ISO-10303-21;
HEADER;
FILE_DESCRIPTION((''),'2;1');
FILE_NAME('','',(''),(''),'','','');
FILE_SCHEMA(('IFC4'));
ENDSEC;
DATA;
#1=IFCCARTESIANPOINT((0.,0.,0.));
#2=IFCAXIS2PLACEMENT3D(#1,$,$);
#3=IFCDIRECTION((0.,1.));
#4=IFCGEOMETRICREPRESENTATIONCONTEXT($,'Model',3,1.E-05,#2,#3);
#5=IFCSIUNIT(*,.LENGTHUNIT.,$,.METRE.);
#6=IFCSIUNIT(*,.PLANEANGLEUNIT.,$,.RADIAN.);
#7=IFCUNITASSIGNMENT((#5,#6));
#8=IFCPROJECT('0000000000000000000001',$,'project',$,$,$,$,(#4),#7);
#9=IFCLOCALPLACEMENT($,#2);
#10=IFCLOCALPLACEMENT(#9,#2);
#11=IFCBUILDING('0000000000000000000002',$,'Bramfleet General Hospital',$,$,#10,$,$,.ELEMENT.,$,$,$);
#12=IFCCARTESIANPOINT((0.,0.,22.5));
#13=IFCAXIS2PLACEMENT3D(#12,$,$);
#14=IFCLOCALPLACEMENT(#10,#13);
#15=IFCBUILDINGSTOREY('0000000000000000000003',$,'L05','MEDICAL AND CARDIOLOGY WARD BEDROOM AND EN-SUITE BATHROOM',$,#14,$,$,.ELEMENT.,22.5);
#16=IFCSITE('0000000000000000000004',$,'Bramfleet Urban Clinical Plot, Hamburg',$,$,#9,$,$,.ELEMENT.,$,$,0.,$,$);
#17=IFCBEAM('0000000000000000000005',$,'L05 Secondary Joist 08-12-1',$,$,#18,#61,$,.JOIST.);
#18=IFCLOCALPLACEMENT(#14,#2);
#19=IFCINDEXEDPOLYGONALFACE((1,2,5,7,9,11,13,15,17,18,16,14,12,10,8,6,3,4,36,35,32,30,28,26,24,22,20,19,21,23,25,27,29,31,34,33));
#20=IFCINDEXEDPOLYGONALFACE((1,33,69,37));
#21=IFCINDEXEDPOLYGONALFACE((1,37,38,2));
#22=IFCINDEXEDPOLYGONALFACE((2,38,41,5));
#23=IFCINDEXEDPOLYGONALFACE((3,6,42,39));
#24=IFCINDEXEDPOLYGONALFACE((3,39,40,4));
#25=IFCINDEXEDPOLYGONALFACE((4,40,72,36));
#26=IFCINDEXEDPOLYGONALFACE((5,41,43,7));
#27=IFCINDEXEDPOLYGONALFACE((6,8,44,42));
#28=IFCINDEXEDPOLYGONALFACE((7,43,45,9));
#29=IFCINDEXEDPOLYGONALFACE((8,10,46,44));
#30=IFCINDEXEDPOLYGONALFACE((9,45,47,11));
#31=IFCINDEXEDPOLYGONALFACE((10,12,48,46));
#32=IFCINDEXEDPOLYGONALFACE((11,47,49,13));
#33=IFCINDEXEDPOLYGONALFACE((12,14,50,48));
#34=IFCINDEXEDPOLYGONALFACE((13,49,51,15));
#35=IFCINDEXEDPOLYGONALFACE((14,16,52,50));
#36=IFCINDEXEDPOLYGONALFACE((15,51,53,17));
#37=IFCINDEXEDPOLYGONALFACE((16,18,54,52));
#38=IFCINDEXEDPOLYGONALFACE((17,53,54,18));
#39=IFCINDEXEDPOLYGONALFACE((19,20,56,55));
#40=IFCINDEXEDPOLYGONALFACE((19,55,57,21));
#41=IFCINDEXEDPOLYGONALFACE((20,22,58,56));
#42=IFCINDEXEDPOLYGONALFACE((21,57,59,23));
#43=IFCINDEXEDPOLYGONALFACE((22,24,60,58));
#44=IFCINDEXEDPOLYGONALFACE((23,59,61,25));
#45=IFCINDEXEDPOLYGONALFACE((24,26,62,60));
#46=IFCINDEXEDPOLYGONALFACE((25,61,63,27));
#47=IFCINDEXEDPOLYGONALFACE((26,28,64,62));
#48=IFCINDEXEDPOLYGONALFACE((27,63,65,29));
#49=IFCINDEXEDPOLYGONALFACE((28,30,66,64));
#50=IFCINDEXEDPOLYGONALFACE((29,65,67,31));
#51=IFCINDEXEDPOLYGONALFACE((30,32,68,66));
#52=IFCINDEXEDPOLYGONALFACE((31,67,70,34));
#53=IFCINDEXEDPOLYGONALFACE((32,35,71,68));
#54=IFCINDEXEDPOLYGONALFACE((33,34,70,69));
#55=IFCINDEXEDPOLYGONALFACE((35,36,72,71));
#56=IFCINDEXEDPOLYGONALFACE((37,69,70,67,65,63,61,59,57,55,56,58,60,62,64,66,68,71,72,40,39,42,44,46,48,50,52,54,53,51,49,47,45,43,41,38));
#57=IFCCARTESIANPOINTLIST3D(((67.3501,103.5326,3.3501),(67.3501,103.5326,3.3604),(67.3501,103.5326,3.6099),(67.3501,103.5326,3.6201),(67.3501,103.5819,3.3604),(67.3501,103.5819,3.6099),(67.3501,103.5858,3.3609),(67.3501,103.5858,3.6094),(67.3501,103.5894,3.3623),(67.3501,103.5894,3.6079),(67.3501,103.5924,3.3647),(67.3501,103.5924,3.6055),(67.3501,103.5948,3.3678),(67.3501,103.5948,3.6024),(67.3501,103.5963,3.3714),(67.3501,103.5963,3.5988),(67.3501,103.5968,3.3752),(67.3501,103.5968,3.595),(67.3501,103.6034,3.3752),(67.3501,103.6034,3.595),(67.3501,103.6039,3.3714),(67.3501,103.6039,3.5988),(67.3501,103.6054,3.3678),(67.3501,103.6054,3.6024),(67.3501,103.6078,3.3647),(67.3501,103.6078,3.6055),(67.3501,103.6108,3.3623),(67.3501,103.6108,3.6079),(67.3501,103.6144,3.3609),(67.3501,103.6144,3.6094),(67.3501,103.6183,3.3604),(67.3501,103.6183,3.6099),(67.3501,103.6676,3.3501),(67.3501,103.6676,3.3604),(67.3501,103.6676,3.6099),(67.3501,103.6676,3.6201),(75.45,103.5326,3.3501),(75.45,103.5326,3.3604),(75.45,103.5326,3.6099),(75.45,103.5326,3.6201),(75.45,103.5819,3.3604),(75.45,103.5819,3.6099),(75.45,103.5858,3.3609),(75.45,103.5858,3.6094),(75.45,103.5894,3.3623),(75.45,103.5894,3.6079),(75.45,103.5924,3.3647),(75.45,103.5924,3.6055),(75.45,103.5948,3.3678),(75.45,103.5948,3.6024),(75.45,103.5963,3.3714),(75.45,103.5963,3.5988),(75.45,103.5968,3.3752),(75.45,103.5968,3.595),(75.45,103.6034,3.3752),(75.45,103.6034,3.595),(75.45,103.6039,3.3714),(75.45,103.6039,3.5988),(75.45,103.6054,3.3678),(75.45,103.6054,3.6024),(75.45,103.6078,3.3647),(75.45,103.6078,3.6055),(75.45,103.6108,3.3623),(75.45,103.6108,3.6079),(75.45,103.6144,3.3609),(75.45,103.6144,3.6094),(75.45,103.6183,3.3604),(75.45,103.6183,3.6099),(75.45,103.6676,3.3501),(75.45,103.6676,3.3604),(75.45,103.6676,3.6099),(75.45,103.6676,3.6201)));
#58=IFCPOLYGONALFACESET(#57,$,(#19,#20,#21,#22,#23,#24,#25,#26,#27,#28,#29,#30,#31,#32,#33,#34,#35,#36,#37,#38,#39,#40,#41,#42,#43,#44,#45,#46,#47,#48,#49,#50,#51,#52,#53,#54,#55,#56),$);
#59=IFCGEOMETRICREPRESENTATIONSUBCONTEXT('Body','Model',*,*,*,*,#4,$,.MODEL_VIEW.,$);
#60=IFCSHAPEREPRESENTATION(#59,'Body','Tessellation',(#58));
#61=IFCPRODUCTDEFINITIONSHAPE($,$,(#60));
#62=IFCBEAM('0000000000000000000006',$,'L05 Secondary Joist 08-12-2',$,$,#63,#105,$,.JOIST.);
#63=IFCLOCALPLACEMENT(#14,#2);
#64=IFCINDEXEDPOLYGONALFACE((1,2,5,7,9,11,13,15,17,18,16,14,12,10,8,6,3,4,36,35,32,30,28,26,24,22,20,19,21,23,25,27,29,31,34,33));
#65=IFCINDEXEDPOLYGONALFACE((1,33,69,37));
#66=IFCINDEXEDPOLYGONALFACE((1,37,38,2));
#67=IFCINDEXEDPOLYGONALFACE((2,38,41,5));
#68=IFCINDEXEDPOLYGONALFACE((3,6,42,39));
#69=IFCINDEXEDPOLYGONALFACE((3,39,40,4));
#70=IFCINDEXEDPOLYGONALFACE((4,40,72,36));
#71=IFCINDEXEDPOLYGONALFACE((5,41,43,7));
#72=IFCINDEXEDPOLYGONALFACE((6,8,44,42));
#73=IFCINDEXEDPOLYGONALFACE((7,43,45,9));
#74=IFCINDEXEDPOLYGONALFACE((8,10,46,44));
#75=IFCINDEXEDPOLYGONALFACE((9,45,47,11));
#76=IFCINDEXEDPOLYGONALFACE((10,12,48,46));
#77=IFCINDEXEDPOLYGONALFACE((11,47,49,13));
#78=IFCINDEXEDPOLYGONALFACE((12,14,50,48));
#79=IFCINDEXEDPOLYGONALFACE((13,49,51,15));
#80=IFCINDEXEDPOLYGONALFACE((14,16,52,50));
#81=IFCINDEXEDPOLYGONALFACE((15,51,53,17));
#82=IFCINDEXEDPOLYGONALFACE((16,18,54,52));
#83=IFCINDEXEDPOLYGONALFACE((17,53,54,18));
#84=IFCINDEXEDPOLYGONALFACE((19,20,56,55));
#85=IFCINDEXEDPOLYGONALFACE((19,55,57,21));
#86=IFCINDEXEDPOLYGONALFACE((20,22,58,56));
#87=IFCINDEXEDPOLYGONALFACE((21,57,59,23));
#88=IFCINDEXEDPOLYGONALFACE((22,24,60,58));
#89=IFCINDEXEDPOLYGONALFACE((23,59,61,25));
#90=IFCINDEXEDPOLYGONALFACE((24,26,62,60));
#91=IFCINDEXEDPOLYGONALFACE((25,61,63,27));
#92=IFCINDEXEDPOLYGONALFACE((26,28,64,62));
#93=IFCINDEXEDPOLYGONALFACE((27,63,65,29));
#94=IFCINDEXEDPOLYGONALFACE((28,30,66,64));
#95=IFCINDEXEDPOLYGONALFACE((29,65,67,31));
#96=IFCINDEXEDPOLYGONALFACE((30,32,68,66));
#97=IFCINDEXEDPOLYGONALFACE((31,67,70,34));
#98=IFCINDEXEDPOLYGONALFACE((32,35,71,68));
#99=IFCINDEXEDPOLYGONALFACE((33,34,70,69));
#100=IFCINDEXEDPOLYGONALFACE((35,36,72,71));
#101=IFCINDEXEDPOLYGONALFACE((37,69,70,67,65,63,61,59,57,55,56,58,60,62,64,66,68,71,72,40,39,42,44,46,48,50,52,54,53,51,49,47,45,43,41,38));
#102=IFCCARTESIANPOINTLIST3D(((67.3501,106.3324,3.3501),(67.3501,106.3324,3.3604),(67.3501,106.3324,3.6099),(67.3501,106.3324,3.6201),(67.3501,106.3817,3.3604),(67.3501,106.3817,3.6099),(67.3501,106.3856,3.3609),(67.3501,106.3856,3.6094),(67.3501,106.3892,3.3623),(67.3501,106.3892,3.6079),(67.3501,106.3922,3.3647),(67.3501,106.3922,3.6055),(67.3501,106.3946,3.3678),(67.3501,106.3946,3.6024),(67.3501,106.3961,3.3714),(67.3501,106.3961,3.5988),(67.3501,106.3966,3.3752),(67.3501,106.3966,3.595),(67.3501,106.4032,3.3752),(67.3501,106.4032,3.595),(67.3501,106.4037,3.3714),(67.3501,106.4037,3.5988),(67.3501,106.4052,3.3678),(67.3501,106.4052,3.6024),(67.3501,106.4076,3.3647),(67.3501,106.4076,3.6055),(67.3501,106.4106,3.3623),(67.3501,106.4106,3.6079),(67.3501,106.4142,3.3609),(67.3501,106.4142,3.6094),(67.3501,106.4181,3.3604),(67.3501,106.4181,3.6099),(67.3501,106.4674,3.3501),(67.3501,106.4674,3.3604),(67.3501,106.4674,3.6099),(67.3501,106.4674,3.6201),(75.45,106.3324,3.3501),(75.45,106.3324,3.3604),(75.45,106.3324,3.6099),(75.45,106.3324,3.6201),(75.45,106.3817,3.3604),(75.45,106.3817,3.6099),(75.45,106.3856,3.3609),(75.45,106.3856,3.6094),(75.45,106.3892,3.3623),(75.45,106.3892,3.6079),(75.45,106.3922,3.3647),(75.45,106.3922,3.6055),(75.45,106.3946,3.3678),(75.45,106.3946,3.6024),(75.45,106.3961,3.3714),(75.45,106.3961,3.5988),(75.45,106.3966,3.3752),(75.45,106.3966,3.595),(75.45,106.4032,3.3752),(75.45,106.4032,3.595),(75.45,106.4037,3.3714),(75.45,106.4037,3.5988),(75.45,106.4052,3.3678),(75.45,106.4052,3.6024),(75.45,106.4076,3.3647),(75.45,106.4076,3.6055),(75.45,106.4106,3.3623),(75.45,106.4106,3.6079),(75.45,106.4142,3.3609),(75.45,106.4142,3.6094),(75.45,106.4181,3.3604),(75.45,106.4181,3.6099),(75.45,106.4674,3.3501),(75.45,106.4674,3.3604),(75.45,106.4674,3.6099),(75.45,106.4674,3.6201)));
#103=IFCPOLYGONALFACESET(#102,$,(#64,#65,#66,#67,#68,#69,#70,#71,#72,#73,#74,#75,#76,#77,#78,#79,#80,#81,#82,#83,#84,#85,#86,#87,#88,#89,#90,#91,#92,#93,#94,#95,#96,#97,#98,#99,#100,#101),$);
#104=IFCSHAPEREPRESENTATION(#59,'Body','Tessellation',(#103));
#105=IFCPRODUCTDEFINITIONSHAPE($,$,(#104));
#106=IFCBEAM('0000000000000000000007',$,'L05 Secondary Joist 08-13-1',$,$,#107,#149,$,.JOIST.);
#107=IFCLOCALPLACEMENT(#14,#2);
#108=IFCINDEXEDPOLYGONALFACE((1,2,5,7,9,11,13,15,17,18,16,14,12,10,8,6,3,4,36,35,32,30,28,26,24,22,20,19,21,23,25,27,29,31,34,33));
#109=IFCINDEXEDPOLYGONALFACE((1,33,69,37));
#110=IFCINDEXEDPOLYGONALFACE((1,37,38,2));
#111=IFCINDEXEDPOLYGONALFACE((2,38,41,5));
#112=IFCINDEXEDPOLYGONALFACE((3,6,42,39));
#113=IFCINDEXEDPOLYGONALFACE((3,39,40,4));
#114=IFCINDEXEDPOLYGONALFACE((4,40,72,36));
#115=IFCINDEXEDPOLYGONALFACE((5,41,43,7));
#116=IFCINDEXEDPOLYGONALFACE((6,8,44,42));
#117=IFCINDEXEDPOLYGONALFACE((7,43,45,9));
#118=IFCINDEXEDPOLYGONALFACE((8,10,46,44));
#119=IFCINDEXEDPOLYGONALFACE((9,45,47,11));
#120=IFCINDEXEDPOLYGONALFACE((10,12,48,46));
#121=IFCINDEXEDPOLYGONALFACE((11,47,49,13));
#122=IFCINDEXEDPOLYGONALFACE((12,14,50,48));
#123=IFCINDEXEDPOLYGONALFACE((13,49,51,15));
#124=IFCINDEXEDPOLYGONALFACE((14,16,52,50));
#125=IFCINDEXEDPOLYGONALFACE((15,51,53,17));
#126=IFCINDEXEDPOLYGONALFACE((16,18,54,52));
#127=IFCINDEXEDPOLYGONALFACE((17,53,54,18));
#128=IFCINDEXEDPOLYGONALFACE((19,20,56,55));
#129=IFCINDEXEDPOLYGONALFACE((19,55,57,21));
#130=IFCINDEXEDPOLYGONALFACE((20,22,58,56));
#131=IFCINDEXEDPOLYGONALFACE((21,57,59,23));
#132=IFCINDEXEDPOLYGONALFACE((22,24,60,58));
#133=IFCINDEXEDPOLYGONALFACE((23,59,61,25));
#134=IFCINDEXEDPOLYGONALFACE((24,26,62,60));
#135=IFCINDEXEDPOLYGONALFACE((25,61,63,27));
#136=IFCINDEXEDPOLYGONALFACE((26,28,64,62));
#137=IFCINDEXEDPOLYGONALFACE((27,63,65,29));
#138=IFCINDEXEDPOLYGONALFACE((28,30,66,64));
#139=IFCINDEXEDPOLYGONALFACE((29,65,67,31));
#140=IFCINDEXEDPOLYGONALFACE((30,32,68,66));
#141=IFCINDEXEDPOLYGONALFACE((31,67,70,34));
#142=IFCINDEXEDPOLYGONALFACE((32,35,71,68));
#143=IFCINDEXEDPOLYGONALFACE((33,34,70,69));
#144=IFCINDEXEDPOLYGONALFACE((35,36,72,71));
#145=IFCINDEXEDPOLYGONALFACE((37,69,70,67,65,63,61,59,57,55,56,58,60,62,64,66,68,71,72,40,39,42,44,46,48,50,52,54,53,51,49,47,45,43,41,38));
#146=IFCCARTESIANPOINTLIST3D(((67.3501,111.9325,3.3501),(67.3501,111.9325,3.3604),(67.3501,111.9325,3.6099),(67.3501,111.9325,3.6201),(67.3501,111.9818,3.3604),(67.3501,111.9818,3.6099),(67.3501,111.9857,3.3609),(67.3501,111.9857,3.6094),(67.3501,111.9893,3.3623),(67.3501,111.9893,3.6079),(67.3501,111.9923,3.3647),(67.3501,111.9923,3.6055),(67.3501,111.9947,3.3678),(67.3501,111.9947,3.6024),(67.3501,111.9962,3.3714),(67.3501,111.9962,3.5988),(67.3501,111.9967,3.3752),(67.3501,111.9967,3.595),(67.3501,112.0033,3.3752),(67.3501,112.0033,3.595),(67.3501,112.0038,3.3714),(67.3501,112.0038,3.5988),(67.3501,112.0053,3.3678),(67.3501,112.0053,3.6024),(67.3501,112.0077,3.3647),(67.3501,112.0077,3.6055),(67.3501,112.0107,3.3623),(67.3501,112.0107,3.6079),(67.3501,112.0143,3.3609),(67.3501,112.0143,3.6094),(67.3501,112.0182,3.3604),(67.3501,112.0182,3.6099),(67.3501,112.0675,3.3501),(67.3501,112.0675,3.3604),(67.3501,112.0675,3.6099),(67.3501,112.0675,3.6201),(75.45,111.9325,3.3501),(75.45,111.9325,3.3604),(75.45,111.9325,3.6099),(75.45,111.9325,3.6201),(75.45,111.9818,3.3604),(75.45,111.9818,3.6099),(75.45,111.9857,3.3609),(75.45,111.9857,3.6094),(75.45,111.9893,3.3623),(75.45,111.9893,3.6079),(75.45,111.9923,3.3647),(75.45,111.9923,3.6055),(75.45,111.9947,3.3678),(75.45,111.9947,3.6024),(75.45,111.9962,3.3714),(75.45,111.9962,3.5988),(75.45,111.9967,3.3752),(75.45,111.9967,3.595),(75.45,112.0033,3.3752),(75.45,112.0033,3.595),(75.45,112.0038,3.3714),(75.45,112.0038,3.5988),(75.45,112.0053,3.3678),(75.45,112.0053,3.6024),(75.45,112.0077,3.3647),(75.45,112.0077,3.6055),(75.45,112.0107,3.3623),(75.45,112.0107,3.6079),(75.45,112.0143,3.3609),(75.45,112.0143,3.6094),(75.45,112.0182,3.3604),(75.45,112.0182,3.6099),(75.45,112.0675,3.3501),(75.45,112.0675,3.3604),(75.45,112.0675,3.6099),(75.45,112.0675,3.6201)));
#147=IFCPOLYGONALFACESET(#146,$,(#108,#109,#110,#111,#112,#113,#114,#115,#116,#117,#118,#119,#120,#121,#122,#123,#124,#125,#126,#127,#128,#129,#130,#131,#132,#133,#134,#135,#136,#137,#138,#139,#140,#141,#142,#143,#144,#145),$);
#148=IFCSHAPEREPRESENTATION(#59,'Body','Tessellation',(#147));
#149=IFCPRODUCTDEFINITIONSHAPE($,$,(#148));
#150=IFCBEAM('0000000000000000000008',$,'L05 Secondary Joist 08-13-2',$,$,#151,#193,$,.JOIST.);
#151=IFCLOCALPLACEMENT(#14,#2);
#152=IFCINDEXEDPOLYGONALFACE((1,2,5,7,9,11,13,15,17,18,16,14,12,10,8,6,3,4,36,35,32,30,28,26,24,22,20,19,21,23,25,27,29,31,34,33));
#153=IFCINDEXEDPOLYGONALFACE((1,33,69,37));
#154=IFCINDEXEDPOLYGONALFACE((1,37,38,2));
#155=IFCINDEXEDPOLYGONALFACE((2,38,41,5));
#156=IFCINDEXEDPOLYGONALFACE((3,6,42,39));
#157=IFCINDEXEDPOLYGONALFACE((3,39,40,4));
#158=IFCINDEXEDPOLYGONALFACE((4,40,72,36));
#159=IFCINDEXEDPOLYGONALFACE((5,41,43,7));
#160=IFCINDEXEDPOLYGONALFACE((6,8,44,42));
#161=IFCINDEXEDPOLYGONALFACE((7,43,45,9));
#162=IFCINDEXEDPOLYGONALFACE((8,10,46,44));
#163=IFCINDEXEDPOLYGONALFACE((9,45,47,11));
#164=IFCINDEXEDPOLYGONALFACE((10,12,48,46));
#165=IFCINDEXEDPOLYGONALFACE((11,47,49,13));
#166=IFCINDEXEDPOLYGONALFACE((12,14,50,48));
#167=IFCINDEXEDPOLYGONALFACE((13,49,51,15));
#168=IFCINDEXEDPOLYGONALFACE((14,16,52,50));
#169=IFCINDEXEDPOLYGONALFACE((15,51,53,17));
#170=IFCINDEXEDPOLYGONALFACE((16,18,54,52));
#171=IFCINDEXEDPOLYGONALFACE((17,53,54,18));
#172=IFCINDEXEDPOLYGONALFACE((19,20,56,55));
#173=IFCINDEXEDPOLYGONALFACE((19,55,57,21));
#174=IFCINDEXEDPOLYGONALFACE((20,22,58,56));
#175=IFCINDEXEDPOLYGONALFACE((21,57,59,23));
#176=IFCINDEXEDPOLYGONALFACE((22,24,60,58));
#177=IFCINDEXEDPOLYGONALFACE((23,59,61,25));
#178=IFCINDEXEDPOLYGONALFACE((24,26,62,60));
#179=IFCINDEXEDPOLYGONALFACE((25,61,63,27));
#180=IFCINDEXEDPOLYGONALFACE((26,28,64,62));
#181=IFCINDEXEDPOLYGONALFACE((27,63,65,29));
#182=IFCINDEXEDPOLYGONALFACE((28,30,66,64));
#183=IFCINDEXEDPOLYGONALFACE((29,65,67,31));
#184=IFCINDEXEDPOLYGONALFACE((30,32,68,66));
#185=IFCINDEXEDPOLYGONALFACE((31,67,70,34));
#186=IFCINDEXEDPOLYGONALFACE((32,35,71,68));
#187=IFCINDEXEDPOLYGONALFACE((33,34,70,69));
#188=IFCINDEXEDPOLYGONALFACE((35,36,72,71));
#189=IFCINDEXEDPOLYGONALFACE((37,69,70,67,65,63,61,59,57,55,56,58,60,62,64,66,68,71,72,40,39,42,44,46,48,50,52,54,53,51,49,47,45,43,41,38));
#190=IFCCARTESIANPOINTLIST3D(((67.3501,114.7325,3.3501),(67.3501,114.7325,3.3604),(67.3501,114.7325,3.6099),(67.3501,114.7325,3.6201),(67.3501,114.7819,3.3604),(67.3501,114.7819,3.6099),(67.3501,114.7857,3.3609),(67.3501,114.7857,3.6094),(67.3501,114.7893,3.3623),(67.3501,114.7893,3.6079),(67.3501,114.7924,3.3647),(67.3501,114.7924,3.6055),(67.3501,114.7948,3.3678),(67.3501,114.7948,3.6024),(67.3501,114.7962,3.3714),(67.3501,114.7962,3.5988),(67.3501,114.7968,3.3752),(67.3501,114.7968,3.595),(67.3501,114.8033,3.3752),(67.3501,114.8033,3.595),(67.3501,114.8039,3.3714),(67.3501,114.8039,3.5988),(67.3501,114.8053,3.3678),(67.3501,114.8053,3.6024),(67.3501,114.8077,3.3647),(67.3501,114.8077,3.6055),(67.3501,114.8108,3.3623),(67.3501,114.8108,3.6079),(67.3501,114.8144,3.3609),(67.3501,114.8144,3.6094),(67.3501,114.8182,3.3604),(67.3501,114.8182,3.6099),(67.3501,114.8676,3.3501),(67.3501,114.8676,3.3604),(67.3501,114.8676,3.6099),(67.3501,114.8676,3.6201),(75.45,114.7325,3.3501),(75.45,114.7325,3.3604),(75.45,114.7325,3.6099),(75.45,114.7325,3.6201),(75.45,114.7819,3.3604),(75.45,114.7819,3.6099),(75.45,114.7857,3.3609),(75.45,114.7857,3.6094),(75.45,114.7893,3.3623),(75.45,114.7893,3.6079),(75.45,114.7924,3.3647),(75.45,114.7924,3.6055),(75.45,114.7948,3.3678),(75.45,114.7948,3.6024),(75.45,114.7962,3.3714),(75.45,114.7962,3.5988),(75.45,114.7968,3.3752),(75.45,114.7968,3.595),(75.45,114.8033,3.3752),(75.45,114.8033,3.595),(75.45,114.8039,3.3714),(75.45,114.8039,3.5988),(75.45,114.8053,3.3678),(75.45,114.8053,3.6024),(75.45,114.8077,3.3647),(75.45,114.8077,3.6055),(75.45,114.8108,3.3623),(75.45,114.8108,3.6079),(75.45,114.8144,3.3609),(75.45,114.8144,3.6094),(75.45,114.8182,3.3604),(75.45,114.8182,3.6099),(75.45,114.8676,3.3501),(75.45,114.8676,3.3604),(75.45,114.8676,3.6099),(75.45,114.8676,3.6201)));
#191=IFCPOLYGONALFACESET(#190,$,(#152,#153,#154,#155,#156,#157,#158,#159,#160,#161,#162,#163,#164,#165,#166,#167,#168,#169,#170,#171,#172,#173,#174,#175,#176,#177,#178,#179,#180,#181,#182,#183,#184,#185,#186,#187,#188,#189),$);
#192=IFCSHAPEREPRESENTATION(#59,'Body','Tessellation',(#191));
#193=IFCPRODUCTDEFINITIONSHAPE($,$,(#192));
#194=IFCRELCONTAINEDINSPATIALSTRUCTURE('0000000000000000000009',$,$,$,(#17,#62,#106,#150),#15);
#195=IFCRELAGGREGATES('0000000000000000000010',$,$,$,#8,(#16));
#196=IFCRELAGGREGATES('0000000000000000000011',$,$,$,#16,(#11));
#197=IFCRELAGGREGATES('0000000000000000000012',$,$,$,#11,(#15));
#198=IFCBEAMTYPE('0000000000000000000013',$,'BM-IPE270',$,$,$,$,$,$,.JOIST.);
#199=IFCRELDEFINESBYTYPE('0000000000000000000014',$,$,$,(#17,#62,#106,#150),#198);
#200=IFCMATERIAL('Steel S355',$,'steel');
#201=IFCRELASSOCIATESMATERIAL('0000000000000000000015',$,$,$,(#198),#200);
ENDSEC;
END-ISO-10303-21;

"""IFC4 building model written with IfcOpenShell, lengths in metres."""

from ifc_helpers import new_model, si_unit, direction, frame, origin, origin_2d, place, context, subcontext, project, spatial, i_section, extrude, material, material_profile, profile_set, type_object, element, save


model = new_model("IFC4")

# Units and contexts
model_context = context("Model", 3, precision=1e-05, world=origin(), true_north=direction((0.0, 1.0)))
body_context = subcontext(model_context, "Body", "Model", "MODEL_VIEW")
ifc_project = project(units=[si_unit("LENGTHUNIT", "METRE"), si_unit("PLANEANGLEUNIT", "RADIAN")], contexts=[model_context])

# Site, building, storey
site_placement = place(None, origin())
site = spatial("IfcSite", under=ifc_project, at=site_placement, Name="Bramfleet Urban Clinical Plot, Hamburg", CompositionType="ELEMENT", RefElevation=0.0)
building_placement = place(site_placement, origin())
building = spatial("IfcBuilding", under=site, at=building_placement, Name="Bramfleet General Hospital", CompositionType="ELEMENT")
storey_placement = place(building_placement, frame((0.0, 0.0, 22.5)))
storey = spatial("IfcBuildingStorey", under=building, at=storey_placement, Name="L05", Description="MEDICAL AND CARDIOLOGY WARD BEDROOM AND EN-SUITE BATHROOM", CompositionType="ELEMENT", Elevation=22.5)

# Beams
ifc_material_1 = material(Name="Steel S355", Category="steel")
ifc_material_profile_1 = material_profile(ifc_material_1, i_section(OverallWidth=0.135, OverallDepth=0.27, WebThickness=0.0066, FlangeThickness=0.0103, FilletRadius=0.0149, at=origin_2d()), Name="IPE 270")
ifc_profile_set_1 = profile_set([ifc_material_profile_1], Name="Steel S355")
beam_type_1 = type_object("IfcBeamType", Name="BM-IPE270", PredefinedType="JOIST", material=ifc_profile_set_1)
for number, where, z_axis, x_axis, name in (
    (1, (67.3501, 103.6001, 3.4851), (1.0, 0.0, 0.0), (0.0, 1.0, 0.0), "L05 Secondary Joist 08-12-1"),
    (2, (67.3501, 106.3999, 3.4851), (1.0, 0.0, 0.0), (0.0, 1.0, 0.0), "L05 Secondary Joist 08-12-2"),
    (3, (67.3501, 112.0, 3.4851), (1.0, 0.0, 0.0), (0.0, 1.0, 0.0), "L05 Secondary Joist 08-13-1"),
    (4, (67.3501, 114.8, 3.4851), (1.0, 0.0, 0.0), (0.0, 1.0, 0.0), "L05 Secondary Joist 08-13-2"),
):
    element("IfcBeam", number, at=place(storey_placement, frame(where, z_axis=z_axis, x_axis=x_axis)), inside=storey, type_object=beam_type_1, Name=name, PredefinedType="JOIST", context=body_context, shape_type="SweptSolid", body=[
        extrude(i_section(OverallWidth=0.135, OverallDepth=0.27, WebThickness=0.0066, FlangeThickness=0.0103, FilletRadius=0.0149, at=origin_2d()), origin(), (0.0, 0.0, 1.0), 8.0999),
    ])

save(model, "model.ifc")
